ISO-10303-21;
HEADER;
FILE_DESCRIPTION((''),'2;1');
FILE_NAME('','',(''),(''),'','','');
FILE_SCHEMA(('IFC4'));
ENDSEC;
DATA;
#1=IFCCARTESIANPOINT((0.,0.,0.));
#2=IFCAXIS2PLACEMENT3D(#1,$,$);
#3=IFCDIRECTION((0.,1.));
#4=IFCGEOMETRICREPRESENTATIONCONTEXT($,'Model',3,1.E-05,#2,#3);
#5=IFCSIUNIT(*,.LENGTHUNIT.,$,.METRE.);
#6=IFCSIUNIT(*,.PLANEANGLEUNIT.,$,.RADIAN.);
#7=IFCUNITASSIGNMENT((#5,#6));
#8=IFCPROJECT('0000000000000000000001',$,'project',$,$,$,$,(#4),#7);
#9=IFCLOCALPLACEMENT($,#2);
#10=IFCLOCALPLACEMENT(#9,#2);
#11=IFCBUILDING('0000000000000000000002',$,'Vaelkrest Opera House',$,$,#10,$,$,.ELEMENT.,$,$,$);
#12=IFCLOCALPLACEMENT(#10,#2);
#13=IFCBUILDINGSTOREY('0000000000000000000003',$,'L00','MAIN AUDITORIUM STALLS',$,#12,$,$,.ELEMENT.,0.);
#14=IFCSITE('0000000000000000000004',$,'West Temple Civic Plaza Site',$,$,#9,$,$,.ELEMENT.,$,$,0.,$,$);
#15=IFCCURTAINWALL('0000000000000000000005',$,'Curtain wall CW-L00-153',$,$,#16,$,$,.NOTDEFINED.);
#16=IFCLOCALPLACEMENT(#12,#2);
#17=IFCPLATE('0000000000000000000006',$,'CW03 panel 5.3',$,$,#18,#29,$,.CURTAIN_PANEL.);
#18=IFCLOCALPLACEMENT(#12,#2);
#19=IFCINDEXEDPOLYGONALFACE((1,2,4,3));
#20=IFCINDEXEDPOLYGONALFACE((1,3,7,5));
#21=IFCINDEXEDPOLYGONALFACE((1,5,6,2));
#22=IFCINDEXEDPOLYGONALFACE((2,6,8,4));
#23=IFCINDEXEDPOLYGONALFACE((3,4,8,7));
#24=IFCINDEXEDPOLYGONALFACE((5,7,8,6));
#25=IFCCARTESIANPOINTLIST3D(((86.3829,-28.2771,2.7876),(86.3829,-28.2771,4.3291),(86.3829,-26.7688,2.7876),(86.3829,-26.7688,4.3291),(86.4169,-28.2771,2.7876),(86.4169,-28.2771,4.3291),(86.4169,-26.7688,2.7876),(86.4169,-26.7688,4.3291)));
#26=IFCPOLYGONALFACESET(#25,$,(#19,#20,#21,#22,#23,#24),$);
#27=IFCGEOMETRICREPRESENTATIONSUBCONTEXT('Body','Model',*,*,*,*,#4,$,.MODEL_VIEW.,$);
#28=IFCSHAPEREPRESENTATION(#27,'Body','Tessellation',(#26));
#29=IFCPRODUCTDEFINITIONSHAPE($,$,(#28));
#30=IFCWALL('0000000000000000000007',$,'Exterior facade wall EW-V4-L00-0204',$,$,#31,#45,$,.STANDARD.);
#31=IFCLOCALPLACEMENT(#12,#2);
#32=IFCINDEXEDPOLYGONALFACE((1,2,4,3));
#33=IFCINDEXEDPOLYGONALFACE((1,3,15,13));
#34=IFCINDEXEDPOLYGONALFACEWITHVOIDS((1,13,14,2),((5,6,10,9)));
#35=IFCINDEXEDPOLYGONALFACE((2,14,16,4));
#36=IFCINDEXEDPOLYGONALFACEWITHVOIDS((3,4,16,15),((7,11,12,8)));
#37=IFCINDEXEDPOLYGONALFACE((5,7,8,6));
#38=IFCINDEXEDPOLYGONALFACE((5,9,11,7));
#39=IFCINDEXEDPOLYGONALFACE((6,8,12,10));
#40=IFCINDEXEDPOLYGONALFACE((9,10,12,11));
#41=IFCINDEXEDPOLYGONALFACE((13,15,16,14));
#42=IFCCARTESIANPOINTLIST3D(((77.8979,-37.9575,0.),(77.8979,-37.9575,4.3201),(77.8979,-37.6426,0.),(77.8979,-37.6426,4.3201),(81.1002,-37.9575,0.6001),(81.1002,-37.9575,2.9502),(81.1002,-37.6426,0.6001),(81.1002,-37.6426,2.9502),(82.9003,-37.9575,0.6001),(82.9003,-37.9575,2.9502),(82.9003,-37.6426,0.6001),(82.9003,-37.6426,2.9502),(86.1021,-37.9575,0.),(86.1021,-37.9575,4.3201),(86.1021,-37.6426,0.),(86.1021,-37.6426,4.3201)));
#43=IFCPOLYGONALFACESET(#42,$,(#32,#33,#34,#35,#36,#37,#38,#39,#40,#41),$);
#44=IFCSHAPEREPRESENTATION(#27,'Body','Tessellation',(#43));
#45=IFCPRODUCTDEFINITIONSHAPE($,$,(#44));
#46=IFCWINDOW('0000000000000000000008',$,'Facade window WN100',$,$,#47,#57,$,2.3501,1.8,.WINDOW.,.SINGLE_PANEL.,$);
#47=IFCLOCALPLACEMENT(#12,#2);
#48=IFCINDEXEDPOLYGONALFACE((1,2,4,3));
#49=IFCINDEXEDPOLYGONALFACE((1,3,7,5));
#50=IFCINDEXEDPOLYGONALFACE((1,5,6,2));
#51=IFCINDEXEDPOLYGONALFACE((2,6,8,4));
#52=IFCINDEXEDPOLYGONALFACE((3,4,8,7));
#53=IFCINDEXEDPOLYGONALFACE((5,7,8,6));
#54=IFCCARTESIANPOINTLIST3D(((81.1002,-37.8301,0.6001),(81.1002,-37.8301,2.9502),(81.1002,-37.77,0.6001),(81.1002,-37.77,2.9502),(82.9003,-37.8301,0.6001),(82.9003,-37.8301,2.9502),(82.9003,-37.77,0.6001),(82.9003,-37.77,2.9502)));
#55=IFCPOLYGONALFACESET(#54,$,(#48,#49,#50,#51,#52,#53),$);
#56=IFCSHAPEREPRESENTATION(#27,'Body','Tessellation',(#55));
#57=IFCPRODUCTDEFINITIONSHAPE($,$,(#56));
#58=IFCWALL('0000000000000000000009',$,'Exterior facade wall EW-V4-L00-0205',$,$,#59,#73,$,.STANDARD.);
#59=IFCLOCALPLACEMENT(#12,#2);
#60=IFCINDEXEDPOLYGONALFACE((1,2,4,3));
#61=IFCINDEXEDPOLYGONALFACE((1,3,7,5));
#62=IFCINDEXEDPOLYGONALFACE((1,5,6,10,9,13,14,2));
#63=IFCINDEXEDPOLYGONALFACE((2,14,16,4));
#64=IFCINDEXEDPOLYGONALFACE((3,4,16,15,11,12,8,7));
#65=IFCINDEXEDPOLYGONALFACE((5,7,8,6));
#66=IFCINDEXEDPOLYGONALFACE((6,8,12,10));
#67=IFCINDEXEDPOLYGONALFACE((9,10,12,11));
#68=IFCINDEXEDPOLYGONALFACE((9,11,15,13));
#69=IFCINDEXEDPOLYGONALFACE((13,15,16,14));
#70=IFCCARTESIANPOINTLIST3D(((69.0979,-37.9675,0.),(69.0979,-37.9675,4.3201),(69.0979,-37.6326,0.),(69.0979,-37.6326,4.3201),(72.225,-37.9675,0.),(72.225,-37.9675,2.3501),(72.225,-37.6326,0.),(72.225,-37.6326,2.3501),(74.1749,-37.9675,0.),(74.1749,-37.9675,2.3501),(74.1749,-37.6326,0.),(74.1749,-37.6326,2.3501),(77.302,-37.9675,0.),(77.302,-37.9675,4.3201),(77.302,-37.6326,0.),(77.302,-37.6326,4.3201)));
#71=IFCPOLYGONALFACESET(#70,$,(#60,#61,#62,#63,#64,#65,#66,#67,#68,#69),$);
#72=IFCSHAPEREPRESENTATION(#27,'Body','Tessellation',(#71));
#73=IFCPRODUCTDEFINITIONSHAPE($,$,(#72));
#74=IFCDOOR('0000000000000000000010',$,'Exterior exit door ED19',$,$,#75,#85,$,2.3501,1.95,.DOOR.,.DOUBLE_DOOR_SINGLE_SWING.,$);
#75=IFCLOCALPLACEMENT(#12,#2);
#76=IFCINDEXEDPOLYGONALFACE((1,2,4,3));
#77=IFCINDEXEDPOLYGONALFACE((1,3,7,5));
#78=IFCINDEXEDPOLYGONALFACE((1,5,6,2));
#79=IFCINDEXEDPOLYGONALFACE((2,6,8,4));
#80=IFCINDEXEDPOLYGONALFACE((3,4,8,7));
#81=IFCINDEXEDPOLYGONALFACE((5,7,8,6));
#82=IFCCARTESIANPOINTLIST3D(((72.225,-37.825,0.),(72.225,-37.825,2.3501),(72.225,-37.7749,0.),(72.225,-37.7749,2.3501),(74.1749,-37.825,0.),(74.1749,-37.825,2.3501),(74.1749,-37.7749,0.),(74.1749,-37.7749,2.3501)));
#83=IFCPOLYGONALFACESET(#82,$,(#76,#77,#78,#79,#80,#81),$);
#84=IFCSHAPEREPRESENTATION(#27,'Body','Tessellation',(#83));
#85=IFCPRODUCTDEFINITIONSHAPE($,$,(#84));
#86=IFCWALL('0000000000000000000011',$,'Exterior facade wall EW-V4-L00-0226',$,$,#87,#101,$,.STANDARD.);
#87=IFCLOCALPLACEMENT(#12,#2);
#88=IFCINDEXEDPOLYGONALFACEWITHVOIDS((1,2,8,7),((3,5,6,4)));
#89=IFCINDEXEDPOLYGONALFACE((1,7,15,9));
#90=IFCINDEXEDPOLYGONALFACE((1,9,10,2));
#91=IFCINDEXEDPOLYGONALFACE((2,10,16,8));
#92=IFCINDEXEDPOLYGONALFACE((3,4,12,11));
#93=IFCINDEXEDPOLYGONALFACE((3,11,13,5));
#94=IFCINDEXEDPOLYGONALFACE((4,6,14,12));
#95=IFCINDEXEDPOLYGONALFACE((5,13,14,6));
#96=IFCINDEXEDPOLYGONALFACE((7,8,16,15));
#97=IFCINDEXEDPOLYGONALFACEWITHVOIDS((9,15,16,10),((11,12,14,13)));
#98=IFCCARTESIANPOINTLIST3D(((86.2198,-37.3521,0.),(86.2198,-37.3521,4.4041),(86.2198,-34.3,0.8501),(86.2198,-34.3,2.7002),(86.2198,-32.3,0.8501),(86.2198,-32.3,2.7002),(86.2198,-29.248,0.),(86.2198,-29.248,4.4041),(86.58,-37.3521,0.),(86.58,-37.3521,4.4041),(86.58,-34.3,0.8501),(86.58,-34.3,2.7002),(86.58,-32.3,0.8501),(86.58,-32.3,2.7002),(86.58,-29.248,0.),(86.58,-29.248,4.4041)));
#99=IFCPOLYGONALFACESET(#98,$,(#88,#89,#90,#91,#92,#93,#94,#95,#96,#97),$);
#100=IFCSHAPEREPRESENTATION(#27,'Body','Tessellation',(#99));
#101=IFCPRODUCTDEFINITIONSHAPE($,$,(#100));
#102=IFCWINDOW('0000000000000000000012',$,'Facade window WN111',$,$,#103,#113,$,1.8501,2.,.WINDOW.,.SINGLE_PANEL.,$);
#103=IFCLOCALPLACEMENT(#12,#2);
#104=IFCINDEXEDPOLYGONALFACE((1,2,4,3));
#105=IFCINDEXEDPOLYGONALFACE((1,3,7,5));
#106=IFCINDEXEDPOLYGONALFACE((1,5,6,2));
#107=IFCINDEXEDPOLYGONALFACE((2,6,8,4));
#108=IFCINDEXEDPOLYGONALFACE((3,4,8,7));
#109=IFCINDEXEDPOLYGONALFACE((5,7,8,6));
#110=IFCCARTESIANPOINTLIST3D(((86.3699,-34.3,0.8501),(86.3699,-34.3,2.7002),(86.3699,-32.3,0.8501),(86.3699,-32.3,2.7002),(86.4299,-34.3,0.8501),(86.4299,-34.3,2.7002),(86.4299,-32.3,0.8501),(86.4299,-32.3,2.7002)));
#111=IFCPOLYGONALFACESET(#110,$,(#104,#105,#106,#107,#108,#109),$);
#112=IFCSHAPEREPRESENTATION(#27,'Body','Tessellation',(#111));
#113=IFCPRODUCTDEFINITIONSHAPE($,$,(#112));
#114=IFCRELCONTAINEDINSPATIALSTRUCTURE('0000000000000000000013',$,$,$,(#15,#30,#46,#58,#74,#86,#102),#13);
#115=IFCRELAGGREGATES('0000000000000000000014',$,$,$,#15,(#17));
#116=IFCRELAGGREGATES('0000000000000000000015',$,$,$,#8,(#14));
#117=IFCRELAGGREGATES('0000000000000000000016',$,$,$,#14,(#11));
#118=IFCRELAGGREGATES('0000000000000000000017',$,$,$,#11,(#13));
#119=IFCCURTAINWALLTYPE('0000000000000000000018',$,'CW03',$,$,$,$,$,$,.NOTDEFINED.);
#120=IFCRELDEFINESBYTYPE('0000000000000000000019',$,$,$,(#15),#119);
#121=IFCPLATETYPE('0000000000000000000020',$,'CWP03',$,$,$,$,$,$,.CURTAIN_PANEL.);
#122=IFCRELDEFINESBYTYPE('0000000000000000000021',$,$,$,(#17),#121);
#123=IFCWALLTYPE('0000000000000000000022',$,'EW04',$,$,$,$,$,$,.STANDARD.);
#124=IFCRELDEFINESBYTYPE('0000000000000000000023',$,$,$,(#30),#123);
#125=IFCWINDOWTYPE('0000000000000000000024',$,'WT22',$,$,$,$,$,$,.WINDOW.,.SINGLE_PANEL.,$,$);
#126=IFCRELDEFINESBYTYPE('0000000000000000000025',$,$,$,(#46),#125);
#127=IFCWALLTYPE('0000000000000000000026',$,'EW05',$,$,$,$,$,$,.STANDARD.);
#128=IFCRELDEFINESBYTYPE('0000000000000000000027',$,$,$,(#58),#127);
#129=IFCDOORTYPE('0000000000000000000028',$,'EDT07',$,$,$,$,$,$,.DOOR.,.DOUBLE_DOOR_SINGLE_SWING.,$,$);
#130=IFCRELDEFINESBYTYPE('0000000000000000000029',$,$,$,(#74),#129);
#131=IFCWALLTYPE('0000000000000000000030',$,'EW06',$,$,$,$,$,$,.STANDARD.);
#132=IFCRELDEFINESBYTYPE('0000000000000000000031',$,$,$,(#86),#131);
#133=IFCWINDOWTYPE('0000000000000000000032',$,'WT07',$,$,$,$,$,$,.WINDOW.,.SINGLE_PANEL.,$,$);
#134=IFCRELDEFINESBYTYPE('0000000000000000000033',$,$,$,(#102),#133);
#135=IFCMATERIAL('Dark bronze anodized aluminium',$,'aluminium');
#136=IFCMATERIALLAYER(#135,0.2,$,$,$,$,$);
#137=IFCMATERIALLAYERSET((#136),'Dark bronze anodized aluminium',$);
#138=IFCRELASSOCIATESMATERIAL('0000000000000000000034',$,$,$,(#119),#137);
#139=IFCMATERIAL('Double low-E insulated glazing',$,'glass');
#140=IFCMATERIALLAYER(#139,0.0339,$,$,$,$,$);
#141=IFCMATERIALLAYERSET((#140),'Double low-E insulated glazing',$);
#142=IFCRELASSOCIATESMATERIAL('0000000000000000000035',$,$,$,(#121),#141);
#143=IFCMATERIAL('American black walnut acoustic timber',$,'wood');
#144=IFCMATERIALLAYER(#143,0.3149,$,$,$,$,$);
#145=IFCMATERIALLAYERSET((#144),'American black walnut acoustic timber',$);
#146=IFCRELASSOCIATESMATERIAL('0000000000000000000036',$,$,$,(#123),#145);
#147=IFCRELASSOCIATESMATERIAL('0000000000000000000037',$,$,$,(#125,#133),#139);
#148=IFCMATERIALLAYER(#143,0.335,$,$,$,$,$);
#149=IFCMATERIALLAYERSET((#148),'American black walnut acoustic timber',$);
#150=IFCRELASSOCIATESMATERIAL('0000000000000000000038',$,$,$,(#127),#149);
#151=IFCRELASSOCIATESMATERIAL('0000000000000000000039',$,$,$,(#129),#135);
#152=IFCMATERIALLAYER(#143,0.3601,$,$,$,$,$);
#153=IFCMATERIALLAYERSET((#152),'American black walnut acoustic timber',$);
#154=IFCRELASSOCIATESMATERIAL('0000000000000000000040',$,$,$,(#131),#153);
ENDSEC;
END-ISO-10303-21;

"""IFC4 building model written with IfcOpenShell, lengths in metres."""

from ifc_helpers import new_model, si_unit, direction, frame, frame_2d, origin, origin_2d, place, context, subcontext, project, spatial, rectangle, extrude, material, layer, layer_set, type_object, element, fill, aggregate, save


model = new_model("IFC4")

# Units and contexts
model_context = context("Model", 3, precision=1e-05, world=origin(), true_north=direction((0.0, 1.0)))
body_context = subcontext(model_context, "Body", "Model", "MODEL_VIEW")
ifc_project = project(units=[si_unit("LENGTHUNIT", "METRE"), si_unit("PLANEANGLEUNIT", "RADIAN")], contexts=[model_context])

# Site, building, storey
site_placement = place(None, origin())
site = spatial("IfcSite", under=ifc_project, at=site_placement, Name="West Temple Civic Plaza Site", CompositionType="ELEMENT", RefElevation=0.0)
building_placement = place(site_placement, origin())
building = spatial("IfcBuilding", under=site, at=building_placement, Name="Vaelkrest Opera House", CompositionType="ELEMENT")
storey_placement = place(building_placement, origin())
storey = spatial("IfcBuildingStorey", under=building, at=storey_placement, Name="L00", Description="MAIN AUDITORIUM STALLS", CompositionType="ELEMENT", Elevation=0.0)

# Curtain wall
ifc_material_1 = material(Name="Dark bronze anodized aluminium", Category="aluminium")
ifc_layer_1 = layer(ifc_material_1, 0.2)
ifc_layer_set_1 = layer_set([ifc_layer_1], Name="Dark bronze anodized aluminium")
curtain_wall_type = type_object("IfcCurtainWallType", Name="CW03", PredefinedType="NOTDEFINED", material=ifc_layer_set_1)
curtain_wall_placement = place(storey_placement, origin())
curtain_wall = element("IfcCurtainWall", 1, at=curtain_wall_placement, inside=storey, type_object=curtain_wall_type, Name="Curtain wall CW-L00-153", PredefinedType="NOTDEFINED")

# Plate
ifc_material_2 = material(Name="Double low-E insulated glazing", Category="glass")
ifc_layer_2 = layer(ifc_material_2, 0.0339)
ifc_layer_set_2 = layer_set([ifc_layer_2], Name="Double low-E insulated glazing")
plate_type = type_object("IfcPlateType", Name="CWP03", PredefinedType="CURTAIN_PANEL", material=ifc_layer_set_2)
plate_1_placement = place(storey_placement, frame((86.3999, -27.5229, 2.7876), z_axis=(0.0, 0.0, 1.0), x_axis=(0.0, -1.0, 0.0)))
plate_1 = element("IfcPlate", 2, at=plate_1_placement, type_object=plate_type, Name="CW03 panel 5.3", PredefinedType="CURTAIN_PANEL", context=body_context, shape_type="SweptSolid", body=[
    extrude(rectangle(XDim=1.5083, YDim=0.0339, at=origin_2d()), origin(), (0.0, 0.0, 1.0), 1.5415),
])
aggregate(curtain_wall, [plate_1])

# Wall, opening, window
ifc_material_3 = material(Name="American black walnut acoustic timber", Category="wood")
ifc_layer_3 = layer(ifc_material_3, 0.3149)
ifc_layer_set_3 = layer_set([ifc_layer_3], Name="American black walnut acoustic timber")
wall_type_1 = type_object("IfcWallType", Name="EW04", PredefinedType="STANDARD", material=ifc_layer_set_3)
wall_1_placement = place(storey_placement, frame((86.1021, -37.8, 0.0), z_axis=(0.0, 0.0, 1.0), x_axis=(-1.0, 0.0, 0.0)))
wall_1 = element("IfcWall", 3, at=wall_1_placement, inside=storey, type_object=wall_type_1, Name="Exterior facade wall EW-V4-L00-0204", PredefinedType="STANDARD", context=body_context, shape_type="SweptSolid", body=[
    extrude(rectangle(XDim=8.2041, YDim=0.3149, at=frame_2d((4.1021, 0.0))), origin(), (0.0, 0.0, 1.0), 4.3201),
])
opening_1_placement = place(wall_1_placement, frame((3.2019, 0.0, 0.6001)))
opening_1 = element("IfcOpeningElement", 4, at=opening_1_placement, cuts=wall_1, PredefinedType="OPENING", context=body_context, shape_type="SweptSolid", body=[
    extrude(rectangle(XDim=1.8, YDim=2.3501, at=frame_2d((0.8999, 1.175))), frame((0.0, 0.1675, 0.0), z_axis=(0.0, -1.0, 0.0), x_axis=(1.0, 0.0, 0.0)), (0.0, 0.0, 1.0), 0.335),
])
window_type_1 = type_object("IfcWindowType", Name="WT22", PartitioningType="SINGLE_PANEL", PredefinedType="WINDOW", material=ifc_material_2)
window_1_placement = place(opening_1_placement, origin())
window_1 = element("IfcWindow", 5, at=window_1_placement, inside=storey, type_object=window_type_1, Name="Facade window WN100", OverallHeight=2.3501, OverallWidth=1.8, PartitioningType="SINGLE_PANEL", PredefinedType="WINDOW", context=body_context, shape_type="SweptSolid", body=[
    extrude(rectangle(XDim=1.8, YDim=2.3501, at=frame_2d((0.8999, 1.175))), frame((0.0, 0.03, 0.0), z_axis=(0.0, -1.0, 0.0), x_axis=(1.0, 0.0, 0.0)), (0.0, 0.0, 1.0), 0.0601),
])
fill(opening_1, window_1)

# Wall, opening, door
ifc_layer_4 = layer(ifc_material_3, 0.335)
ifc_layer_set_4 = layer_set([ifc_layer_4], Name="American black walnut acoustic timber")
wall_type_2 = type_object("IfcWallType", Name="EW05", PredefinedType="STANDARD", material=ifc_layer_set_4)
wall_2_placement = place(storey_placement, frame((77.302, -37.8, 0.0), z_axis=(0.0, 0.0, 1.0), x_axis=(-1.0, 0.0, 0.0)))
wall_2 = element("IfcWall", 6, at=wall_2_placement, inside=storey, type_object=wall_type_2, Name="Exterior facade wall EW-V4-L00-0205", PredefinedType="STANDARD", context=body_context, shape_type="SweptSolid", body=[
    extrude(rectangle(XDim=8.2041, YDim=0.335, at=frame_2d((4.1021, 0.0))), origin(), (0.0, 0.0, 1.0), 4.3201),
])
opening_2_placement = place(wall_2_placement, frame((3.127, 0.0, 0.0)))
opening_2 = element("IfcOpeningElement", 7, at=opening_2_placement, cuts=wall_2, PredefinedType="OPENING", context=body_context, shape_type="SweptSolid", body=[
    extrude(rectangle(XDim=1.95, YDim=2.3501, at=frame_2d((0.9751, 1.175))), frame((0.0, 0.1775, 0.0), z_axis=(0.0, -1.0, 0.0), x_axis=(1.0, 0.0, 0.0)), (0.0, 0.0, 1.0), 0.355),
])
door_type = type_object("IfcDoorType", Name="EDT07", OperationType="DOUBLE_DOOR_SINGLE_SWING", PredefinedType="DOOR", material=ifc_material_1)
door_placement = place(opening_2_placement, origin())
door = element("IfcDoor", 8, at=door_placement, inside=storey, type_object=door_type, Name="Exterior exit door ED19", OperationType="DOUBLE_DOOR_SINGLE_SWING", OverallHeight=2.3501, OverallWidth=1.95, PredefinedType="DOOR", context=body_context, shape_type="SweptSolid", body=[
    extrude(rectangle(XDim=1.95, YDim=2.3501, at=frame_2d((0.9751, 1.175))), frame((0.0, 0.0249, 0.0), z_axis=(0.0, -1.0, 0.0), x_axis=(1.0, 0.0, 0.0)), (0.0, 0.0, 1.0), 0.05),
])
fill(opening_2, door)

# Wall, opening, window
ifc_layer_5 = layer(ifc_material_3, 0.3601)
ifc_layer_set_5 = layer_set([ifc_layer_5], Name="American black walnut acoustic timber")
wall_type_3 = type_object("IfcWallType", Name="EW06", PredefinedType="STANDARD", material=ifc_layer_set_5)
wall_3_placement = place(storey_placement, frame((86.3999, -29.248, 0.0), z_axis=(0.0, 0.0, 1.0), x_axis=(0.0, -1.0, 0.0)))
wall_3 = element("IfcWall", 9, at=wall_3_placement, inside=storey, type_object=wall_type_3, Name="Exterior facade wall EW-V4-L00-0226", PredefinedType="STANDARD", context=body_context, shape_type="SweptSolid", body=[
    extrude(rectangle(XDim=8.104, YDim=0.3601, at=frame_2d((4.052, 0.0))), origin(), (0.0, 0.0, 1.0), 4.4041),
])
opening_3_placement = place(wall_3_placement, frame((3.052, 0.0, 0.8501)))
opening_3 = element("IfcOpeningElement", 10, at=opening_3_placement, cuts=wall_3, PredefinedType="OPENING", context=body_context, shape_type="SweptSolid", body=[
    extrude(rectangle(XDim=2.0, YDim=1.8501, at=frame_2d((1.0, 0.925))), frame((0.0, 0.1899, 0.0), z_axis=(0.0, -1.0, 0.0), x_axis=(1.0, 0.0, 0.0)), (0.0, 0.0, 1.0), 0.3801),
])
window_type_2 = type_object("IfcWindowType", Name="WT07", PartitioningType="SINGLE_PANEL", PredefinedType="WINDOW", material=ifc_material_2)
window_2_placement = place(opening_3_placement, origin())
window_2 = element("IfcWindow", 11, at=window_2_placement, inside=storey, type_object=window_type_2, Name="Facade window WN111", OverallHeight=1.8501, OverallWidth=2.0, PartitioningType="SINGLE_PANEL", PredefinedType="WINDOW", context=body_context, shape_type="SweptSolid", body=[
    extrude(rectangle(XDim=2.0, YDim=1.8501, at=frame_2d((1.0, 0.925))), frame((0.0, 0.03, 0.0), z_axis=(0.0, -1.0, 0.0), x_axis=(1.0, 0.0, 0.0)), (0.0, 0.0, 1.0), 0.0601),
])
fill(opening_3, window_2)

save(model, "model.ifc")
